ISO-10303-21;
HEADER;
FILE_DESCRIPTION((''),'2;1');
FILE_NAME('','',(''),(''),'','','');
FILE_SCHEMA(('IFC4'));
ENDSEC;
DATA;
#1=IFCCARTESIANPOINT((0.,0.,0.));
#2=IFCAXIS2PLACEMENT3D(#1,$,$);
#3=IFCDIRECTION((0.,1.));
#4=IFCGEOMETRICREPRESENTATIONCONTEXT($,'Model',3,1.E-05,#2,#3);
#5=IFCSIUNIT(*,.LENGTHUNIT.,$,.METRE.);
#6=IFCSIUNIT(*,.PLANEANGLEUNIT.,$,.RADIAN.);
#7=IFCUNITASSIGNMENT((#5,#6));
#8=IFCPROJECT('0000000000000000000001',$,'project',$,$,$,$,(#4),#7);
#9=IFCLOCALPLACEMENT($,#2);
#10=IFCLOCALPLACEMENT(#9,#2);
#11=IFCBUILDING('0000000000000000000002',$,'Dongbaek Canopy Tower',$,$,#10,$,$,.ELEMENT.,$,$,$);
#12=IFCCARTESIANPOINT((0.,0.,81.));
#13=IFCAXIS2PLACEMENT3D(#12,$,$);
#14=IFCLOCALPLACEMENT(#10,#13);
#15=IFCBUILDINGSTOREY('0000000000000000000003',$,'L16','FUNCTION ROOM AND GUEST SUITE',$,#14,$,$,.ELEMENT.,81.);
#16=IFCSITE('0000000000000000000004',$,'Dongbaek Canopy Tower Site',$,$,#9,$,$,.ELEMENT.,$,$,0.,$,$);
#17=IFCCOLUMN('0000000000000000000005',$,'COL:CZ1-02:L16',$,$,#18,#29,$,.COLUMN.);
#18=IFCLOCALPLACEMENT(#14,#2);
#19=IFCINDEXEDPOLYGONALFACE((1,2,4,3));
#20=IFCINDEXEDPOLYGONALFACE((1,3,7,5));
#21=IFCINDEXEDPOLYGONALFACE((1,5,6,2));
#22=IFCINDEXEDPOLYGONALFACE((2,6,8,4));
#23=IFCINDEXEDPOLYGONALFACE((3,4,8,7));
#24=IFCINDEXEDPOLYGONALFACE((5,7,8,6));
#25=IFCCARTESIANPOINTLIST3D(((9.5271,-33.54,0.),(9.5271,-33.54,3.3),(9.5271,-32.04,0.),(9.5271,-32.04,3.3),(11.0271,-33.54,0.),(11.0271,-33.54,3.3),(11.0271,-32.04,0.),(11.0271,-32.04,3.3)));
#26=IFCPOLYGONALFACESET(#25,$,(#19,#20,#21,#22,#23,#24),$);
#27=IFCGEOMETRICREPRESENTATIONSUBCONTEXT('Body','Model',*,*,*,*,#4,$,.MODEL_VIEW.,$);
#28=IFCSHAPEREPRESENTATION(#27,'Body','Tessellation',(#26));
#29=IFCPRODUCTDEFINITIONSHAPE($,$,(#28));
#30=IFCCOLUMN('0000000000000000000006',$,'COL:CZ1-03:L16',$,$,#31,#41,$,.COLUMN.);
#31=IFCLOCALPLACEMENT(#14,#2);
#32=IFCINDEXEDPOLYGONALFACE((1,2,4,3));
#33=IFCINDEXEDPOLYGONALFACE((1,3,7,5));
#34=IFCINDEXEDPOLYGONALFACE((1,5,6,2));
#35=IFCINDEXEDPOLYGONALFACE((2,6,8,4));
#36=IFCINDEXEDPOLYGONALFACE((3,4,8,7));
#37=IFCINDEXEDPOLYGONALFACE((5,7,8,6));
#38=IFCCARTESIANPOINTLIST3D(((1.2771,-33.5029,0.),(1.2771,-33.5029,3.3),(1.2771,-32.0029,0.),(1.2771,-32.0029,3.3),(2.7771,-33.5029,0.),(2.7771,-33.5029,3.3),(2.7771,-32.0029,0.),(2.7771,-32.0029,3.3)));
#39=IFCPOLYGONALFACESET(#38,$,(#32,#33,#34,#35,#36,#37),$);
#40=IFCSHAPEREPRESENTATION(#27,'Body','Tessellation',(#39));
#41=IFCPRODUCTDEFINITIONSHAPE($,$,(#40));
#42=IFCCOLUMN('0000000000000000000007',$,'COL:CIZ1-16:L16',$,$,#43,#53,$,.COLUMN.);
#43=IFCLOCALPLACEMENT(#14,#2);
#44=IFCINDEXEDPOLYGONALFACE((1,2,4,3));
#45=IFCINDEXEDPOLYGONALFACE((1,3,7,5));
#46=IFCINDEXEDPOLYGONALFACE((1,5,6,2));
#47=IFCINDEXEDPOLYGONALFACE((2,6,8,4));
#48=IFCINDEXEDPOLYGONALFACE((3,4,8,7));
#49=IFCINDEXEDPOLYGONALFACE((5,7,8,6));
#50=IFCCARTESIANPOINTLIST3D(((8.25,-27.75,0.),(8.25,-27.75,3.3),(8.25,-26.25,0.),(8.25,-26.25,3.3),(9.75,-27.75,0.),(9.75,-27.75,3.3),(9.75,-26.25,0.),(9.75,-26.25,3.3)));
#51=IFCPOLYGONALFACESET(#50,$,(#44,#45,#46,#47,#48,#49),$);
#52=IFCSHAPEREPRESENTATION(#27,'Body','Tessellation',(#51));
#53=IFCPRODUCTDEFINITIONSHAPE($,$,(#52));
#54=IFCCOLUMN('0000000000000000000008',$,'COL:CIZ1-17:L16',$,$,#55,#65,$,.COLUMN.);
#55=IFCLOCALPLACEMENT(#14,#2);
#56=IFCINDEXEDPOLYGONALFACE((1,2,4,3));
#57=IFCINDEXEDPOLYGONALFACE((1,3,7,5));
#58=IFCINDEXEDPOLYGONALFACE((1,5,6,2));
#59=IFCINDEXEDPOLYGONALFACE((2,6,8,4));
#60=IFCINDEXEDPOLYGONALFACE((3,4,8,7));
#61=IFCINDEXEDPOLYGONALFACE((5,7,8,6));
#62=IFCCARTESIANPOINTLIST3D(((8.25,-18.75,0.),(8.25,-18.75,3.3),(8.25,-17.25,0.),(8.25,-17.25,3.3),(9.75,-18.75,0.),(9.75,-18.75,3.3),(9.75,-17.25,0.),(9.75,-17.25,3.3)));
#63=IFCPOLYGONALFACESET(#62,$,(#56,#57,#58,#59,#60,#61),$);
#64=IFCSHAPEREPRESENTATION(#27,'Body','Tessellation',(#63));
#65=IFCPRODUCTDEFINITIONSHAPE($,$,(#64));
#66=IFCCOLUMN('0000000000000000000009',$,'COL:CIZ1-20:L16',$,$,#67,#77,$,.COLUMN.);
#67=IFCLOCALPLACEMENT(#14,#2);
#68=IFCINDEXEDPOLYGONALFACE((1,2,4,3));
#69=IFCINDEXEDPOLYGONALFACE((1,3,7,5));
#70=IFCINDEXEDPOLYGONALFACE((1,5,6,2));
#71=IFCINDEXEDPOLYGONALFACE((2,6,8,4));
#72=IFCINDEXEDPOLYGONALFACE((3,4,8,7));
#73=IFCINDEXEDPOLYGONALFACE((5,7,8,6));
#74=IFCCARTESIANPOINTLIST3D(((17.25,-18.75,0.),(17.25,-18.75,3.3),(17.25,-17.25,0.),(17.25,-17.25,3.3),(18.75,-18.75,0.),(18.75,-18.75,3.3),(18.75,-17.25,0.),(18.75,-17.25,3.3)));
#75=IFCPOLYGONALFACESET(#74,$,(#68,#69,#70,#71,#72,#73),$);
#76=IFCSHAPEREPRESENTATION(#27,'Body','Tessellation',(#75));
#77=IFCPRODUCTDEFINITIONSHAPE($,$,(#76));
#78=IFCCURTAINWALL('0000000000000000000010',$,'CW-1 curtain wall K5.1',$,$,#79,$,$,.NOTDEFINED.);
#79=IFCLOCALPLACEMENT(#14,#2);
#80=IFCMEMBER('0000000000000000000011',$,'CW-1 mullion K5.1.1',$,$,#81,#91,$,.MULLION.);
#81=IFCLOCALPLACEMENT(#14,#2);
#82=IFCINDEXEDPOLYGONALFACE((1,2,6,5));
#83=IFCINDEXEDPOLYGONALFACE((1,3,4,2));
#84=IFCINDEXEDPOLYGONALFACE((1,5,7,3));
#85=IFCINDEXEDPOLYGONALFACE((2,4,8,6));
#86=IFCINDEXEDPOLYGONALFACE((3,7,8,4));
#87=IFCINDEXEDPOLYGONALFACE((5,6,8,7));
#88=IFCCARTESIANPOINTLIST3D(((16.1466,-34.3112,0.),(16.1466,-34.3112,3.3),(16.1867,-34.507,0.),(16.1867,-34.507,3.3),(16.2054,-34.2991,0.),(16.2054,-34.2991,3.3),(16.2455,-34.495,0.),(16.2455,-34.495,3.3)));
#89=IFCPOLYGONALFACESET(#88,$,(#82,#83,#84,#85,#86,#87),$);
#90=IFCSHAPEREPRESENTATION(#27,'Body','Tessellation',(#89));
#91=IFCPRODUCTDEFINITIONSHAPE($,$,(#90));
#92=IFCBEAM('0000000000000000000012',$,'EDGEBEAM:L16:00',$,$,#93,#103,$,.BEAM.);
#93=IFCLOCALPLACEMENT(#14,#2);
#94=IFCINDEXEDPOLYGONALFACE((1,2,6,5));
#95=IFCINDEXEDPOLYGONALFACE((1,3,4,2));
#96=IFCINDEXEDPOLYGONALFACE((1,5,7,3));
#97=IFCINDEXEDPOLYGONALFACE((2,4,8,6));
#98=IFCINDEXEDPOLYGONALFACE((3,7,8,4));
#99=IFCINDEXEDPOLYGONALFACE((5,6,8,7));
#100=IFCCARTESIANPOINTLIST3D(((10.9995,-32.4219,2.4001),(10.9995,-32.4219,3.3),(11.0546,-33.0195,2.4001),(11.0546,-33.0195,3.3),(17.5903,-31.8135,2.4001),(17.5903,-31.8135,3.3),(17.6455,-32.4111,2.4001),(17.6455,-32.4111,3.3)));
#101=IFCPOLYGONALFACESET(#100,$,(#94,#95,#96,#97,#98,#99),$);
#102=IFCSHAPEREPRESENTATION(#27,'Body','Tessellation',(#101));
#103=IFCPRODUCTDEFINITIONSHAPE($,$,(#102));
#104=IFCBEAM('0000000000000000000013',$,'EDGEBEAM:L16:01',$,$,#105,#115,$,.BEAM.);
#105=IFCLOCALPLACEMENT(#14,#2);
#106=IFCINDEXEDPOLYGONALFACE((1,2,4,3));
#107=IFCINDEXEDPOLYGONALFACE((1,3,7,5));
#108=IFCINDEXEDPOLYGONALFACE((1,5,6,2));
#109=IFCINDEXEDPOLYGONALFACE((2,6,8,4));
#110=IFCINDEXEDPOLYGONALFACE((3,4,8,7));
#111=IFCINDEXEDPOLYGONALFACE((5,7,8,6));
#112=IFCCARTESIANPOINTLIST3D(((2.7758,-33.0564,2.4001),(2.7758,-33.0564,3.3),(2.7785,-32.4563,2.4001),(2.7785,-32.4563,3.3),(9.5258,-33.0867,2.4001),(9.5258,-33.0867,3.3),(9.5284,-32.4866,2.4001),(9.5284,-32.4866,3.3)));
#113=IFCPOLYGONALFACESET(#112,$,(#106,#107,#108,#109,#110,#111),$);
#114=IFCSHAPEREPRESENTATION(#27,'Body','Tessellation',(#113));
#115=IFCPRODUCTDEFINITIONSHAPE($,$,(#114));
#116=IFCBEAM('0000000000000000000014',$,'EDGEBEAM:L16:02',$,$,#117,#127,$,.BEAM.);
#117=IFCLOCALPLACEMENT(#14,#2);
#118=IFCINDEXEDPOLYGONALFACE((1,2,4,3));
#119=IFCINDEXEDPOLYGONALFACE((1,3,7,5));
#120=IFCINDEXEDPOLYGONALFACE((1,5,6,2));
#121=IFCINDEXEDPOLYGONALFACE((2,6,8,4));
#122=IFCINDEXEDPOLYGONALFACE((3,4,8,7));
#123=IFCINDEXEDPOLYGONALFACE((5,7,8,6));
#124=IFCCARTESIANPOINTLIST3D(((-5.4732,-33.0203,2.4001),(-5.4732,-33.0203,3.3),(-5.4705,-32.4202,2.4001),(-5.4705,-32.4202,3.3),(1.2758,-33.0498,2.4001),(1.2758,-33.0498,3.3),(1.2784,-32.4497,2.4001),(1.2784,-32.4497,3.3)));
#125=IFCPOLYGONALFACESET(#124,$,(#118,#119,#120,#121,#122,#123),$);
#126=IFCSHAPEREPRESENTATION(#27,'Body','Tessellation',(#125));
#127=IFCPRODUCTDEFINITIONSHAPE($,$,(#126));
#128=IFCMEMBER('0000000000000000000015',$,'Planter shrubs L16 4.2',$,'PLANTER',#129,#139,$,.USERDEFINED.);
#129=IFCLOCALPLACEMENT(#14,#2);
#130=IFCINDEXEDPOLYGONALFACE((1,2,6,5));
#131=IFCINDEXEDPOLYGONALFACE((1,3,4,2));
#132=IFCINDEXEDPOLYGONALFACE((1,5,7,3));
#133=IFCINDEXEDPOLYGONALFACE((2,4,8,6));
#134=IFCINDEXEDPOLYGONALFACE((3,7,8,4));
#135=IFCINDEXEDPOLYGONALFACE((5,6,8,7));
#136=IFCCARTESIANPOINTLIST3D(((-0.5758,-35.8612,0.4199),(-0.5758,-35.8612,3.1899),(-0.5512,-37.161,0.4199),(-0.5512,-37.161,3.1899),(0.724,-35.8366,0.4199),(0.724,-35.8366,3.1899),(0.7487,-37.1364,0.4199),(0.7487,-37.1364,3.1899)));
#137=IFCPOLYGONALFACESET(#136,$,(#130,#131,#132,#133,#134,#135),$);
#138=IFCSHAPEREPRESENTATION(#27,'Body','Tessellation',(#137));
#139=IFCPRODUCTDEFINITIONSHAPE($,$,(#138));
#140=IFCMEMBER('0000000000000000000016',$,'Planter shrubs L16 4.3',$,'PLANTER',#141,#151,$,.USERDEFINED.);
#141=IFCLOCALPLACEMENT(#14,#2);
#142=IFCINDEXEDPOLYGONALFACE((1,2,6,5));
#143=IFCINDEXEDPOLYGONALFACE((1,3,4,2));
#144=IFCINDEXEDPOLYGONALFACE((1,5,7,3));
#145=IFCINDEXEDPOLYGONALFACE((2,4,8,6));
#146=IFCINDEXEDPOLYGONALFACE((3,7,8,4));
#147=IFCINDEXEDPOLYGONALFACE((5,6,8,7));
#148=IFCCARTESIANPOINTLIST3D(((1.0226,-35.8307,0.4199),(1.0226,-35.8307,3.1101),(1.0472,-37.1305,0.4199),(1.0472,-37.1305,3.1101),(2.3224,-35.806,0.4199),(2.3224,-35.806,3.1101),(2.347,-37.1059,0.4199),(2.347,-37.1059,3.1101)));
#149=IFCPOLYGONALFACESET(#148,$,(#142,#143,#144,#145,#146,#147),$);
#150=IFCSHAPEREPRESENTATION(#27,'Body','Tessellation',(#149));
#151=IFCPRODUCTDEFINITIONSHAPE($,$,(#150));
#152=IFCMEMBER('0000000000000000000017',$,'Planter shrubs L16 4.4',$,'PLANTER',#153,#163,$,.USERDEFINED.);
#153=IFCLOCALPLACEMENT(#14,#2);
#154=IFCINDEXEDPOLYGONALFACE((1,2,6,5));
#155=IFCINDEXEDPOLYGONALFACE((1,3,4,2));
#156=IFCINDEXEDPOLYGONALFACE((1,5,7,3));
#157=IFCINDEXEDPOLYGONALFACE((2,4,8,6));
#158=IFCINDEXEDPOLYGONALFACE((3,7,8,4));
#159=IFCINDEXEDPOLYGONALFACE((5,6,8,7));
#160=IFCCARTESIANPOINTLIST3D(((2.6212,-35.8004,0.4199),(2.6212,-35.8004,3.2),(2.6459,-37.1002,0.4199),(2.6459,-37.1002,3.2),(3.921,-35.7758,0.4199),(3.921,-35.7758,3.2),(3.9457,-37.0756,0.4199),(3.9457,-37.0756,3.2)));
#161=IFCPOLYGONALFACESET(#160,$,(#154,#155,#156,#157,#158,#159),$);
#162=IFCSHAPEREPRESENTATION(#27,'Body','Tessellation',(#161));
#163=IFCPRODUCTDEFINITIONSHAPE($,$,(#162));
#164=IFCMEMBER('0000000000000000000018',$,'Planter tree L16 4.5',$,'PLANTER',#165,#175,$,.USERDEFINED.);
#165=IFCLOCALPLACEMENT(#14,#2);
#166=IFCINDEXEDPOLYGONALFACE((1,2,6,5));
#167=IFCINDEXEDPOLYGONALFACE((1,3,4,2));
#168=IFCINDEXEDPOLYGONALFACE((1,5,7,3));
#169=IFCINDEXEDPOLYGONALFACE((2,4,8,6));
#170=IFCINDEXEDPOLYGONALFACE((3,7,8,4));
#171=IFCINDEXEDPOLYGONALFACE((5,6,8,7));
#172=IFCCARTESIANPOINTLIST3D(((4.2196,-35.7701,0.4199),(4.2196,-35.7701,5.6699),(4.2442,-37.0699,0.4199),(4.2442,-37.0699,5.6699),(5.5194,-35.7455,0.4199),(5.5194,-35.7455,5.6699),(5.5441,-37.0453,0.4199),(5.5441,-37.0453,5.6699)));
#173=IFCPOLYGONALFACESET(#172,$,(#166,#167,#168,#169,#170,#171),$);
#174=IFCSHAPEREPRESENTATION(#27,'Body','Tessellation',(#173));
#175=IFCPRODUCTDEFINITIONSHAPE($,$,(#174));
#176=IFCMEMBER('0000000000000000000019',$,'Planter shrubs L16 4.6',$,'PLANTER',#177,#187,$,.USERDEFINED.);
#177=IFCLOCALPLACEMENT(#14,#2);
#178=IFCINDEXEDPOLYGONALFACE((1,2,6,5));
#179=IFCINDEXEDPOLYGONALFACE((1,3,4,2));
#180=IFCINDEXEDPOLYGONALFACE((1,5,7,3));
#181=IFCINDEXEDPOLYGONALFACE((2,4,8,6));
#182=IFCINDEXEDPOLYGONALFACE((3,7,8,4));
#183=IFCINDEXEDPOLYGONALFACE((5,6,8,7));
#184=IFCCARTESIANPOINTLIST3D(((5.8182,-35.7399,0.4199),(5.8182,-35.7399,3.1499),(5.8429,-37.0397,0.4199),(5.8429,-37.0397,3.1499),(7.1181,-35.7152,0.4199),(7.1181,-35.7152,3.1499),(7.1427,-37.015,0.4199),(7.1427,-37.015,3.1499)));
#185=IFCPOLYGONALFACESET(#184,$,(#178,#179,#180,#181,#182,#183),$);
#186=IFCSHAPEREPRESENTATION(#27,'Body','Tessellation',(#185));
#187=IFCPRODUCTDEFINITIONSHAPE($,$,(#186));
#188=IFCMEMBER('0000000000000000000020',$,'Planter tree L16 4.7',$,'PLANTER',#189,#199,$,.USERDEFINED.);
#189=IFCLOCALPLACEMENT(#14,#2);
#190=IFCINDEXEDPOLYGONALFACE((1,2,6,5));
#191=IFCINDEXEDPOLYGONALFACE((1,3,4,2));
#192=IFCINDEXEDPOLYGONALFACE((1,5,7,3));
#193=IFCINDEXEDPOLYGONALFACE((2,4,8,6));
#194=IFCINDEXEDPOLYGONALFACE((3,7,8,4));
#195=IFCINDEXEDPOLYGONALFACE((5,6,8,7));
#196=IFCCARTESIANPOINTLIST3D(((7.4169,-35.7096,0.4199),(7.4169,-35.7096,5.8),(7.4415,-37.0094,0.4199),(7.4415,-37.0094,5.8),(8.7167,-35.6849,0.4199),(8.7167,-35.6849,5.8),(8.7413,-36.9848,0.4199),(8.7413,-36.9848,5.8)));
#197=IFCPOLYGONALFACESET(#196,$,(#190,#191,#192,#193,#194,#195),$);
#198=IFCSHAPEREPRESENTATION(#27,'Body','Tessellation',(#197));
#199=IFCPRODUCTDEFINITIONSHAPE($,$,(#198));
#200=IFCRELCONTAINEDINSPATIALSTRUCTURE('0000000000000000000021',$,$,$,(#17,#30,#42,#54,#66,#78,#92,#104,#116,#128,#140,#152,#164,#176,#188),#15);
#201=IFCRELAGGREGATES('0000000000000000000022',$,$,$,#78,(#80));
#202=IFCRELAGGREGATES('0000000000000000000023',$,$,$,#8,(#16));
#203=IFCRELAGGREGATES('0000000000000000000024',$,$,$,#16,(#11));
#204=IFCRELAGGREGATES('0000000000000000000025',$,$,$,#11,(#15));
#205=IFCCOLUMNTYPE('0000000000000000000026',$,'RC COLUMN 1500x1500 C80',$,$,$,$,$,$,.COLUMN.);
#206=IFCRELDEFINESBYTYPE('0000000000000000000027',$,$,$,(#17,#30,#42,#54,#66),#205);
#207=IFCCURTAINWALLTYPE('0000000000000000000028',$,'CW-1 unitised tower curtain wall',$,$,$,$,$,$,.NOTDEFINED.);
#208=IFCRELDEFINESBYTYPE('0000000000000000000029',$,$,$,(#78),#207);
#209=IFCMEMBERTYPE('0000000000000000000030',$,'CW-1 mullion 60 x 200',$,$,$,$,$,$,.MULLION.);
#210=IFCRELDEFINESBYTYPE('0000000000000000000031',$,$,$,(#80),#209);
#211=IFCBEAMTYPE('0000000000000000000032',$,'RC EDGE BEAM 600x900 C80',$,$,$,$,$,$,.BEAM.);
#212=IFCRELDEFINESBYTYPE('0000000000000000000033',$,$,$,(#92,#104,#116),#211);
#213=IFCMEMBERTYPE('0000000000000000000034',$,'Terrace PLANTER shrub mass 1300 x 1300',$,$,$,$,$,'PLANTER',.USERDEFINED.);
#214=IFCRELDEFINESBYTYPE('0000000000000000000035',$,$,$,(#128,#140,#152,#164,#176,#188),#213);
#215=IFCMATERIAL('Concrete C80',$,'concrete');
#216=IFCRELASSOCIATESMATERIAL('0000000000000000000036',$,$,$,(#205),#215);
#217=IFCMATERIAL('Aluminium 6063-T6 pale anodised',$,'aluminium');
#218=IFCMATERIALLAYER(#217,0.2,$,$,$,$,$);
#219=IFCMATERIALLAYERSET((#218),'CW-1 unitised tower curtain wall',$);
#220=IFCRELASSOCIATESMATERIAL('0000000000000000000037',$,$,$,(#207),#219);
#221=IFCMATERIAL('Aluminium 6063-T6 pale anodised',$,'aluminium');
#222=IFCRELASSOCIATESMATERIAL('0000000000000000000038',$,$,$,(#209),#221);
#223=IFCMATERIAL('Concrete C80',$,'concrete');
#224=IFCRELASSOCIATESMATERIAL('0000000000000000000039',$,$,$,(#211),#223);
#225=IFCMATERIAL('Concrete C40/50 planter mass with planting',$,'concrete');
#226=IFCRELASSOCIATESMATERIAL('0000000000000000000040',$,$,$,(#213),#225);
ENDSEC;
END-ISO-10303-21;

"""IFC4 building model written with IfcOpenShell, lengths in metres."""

from ifc_helpers import new_model, si_unit, direction, frame, origin, origin_2d, place, context, subcontext, project, spatial, rectangle, extrude, material, layer, layer_set, material_profile, profile_set, type_object, element, aggregate, save


model = new_model("IFC4")

# Units and contexts
model_context = context("Model", 3, precision=1e-05, world=origin(), true_north=direction((0.0, 1.0)))
body_context = subcontext(model_context, "Body", "Model", "MODEL_VIEW")
ifc_project = project(units=[si_unit("LENGTHUNIT", "METRE"), si_unit("PLANEANGLEUNIT", "RADIAN")], contexts=[model_context])

# Site, building, storey
site_placement = place(None, origin())
site = spatial("IfcSite", under=ifc_project, at=site_placement, Name="Dongbaek Canopy Tower Site", CompositionType="ELEMENT", RefElevation=0.0)
building_placement = place(site_placement, origin())
building = spatial("IfcBuilding", under=site, at=building_placement, Name="Dongbaek Canopy Tower", CompositionType="ELEMENT")
storey_placement = place(building_placement, frame((0.0, 0.0, 81.0)))
storey = spatial("IfcBuildingStorey", under=building, at=storey_placement, Name="L16", Description="FUNCTION ROOM AND GUEST SUITE", CompositionType="ELEMENT", Elevation=81.0)

# Columns
ifc_material_1 = material(Name="Concrete C80", Category="concrete")
ifc_material_profile_1 = material_profile(ifc_material_1, rectangle(XDim=1.5, YDim=1.5, at=origin_2d()), Name="RC COLUMN 1500x1500 C80")
ifc_profile_set_1 = profile_set([ifc_material_profile_1], Name="Concrete C80")
column_type = type_object("IfcColumnType", Name="RC COLUMN 1500x1500 C80", PredefinedType="COLUMN", material=ifc_profile_set_1)
for number, where, z_axis, x_axis, name in (
    (1, (10.2771, -32.79, 0.0), (0.0, 0.0, 1.0), (1.0, 0.0, 0.0), "COL:CZ1-02:L16"),
    (2, (2.0271, -32.7529, 0.0), (0.0, 0.0, 1.0), (1.0, 0.0, 0.0), "COL:CZ1-03:L16"),
    (3, (9.0, -27.0, 0.0), (0.0, 0.0, 1.0), (1.0, 0.0, 0.0), "COL:CIZ1-16:L16"),
    (4, (9.0, -18.0, 0.0), (0.0, 0.0, 1.0), (1.0, 0.0, 0.0), "COL:CIZ1-17:L16"),
    (5, (18.0, -18.0, 0.0), (0.0, 0.0, 1.0), (1.0, 0.0, 0.0), "COL:CIZ1-20:L16"),
):
    element("IfcColumn", number, at=place(storey_placement, frame(where, z_axis=z_axis, x_axis=x_axis)), inside=storey, type_object=column_type, Name=name, PredefinedType="COLUMN", context=body_context, shape_type="SweptSolid", body=[
        extrude(rectangle(XDim=1.5, YDim=1.5, at=origin_2d()), origin(), (0.0, 0.0, 1.0), 3.3),
    ])

# Curtain wall, member
ifc_material_2 = material(Name="Aluminium 6063-T6 pale anodised", Category="aluminium")
ifc_layer_1 = layer(ifc_material_2, 0.2)
ifc_layer_set_1 = layer_set([ifc_layer_1], Name="CW-1 unitised tower curtain wall")
curtain_wall_type = type_object("IfcCurtainWallType", Name="CW-1 unitised tower curtain wall", PredefinedType="NOTDEFINED", material=ifc_layer_set_1)
curtain_wall_placement = place(storey_placement, origin())
curtain_wall = element("IfcCurtainWall", 6, at=curtain_wall_placement, inside=storey, type_object=curtain_wall_type, Name="CW-1 curtain wall K5.1", PredefinedType="NOTDEFINED")
ifc_material_3 = material(Name="Aluminium 6063-T6 pale anodised", Category="aluminium")
ifc_material_profile_2 = material_profile(ifc_material_3, rectangle(XDim=0.2, YDim=0.0601, at=origin_2d()), Name="CW-1 mullion 60 x 200")
ifc_profile_set_2 = profile_set([ifc_material_profile_2], Name="Aluminium 6063-T6 pale anodised")
member_type_1 = type_object("IfcMemberType", Name="CW-1 mullion 60 x 200", PredefinedType="MULLION", material=ifc_profile_set_2)
member_1_placement = place(storey_placement, frame((16.196, -34.4031, 0.0), z_axis=(0.0, 0.0, 1.0), x_axis=(0.200704, -0.979652, 0.0)))
member_1 = element("IfcMember", 7, at=member_1_placement, type_object=member_type_1, Name="CW-1 mullion K5.1.1", PredefinedType="MULLION", context=body_context, shape_type="SweptSolid", body=[
    extrude(rectangle(XDim=0.2, YDim=0.0601, at=origin_2d()), origin(), (0.0, 0.0, 1.0), 3.3),
])

# Beams
ifc_material_4 = material(Name="Concrete C80", Category="concrete")
ifc_material_profile_3 = material_profile(ifc_material_4, rectangle(XDim=0.6001, YDim=0.8999, at=origin_2d()), Name="RC EDGE BEAM 600x900 C80")
ifc_profile_set_3 = profile_set([ifc_material_profile_3], Name="Concrete C80")
beam_type = type_object("IfcBeamType", Name="RC EDGE BEAM 600x900 C80", PredefinedType="BEAM", material=ifc_profile_set_3)
beam_1_placement = place(storey_placement, frame((17.6179, -32.1123, 2.8501), z_axis=(-0.995766, -0.091919, 0.0), x_axis=(0.091919, -0.995766, 0.0)))
element("IfcBeam", 8, at=beam_1_placement, inside=storey, type_object=beam_type, Name="EDGEBEAM:L16:00", PredefinedType="BEAM", context=body_context, shape_type="SweptSolid", body=[
    extrude(rectangle(XDim=0.6001, YDim=0.8999, at=origin_2d()), origin(), (0.0, 0.0, 1.0), 6.6189),
])
beam_2_placement = place(storey_placement, frame((9.5271, -32.7866, 2.8501), z_axis=(-0.99999, 0.004485, 0.0), x_axis=(-0.004485, -0.99999, 0.0)))
element("IfcBeam", 9, at=beam_2_placement, inside=storey, type_object=beam_type, Name="EDGEBEAM:L16:01", PredefinedType="BEAM", context=body_context, shape_type="SweptSolid", body=[
    extrude(rectangle(XDim=0.6001, YDim=0.8999, at=origin_2d()), origin(), (0.0, 0.0, 1.0), 6.75),
])
beam_3_placement = place(storey_placement, frame((1.2771, -32.7498, 2.8501), z_axis=(-0.99999, 0.004377, 0.0), x_axis=(-0.004377, -0.99999, 0.0)))
element("IfcBeam", 10, at=beam_3_placement, inside=storey, type_object=beam_type, Name="EDGEBEAM:L16:02", PredefinedType="BEAM", context=body_context, shape_type="SweptSolid", body=[
    extrude(rectangle(XDim=0.6001, YDim=0.8999, at=origin_2d()), origin(), (0.0, 0.0, 1.0), 6.749),
])

# Members
ifc_material_5 = material(Name="Concrete C40/50 planter mass with planting", Category="concrete")
ifc_material_profile_4 = material_profile(ifc_material_5, rectangle(XDim=1.3, YDim=1.3, at=origin_2d()), Name="Terrace PLANTER shrub mass 1300 x 1300")
ifc_profile_set_4 = profile_set([ifc_material_profile_4], Name="Concrete C40/50 planter mass with planting")
member_type_2 = type_object("IfcMemberType", Name="Terrace PLANTER shrub mass 1300 x 1300", ElementType="PLANTER", PredefinedType="USERDEFINED", material=ifc_profile_set_4)
member_2_placement = place(storey_placement, frame((0.0864, -36.4988, 0.4199), z_axis=(0.0, 0.0, 1.0), x_axis=(0.018952, -0.99982, 0.0)))
element("IfcMember", 11, at=member_2_placement, inside=storey, type_object=member_type_2, Name="Planter shrubs L16 4.2", ObjectType="PLANTER", PredefinedType="USERDEFINED", context=body_context, shape_type="SweptSolid", body=[
    extrude(rectangle(XDim=1.3, YDim=1.3, at=origin_2d()), origin(), (0.0, 0.0, 1.0), 2.77),
])
member_3_placement = place(storey_placement, frame((1.6848, -36.4683, 0.4199), z_axis=(0.0, 0.0, 1.0), x_axis=(0.018952, -0.99982, 0.0)))
element("IfcMember", 12, at=member_3_placement, inside=storey, type_object=member_type_2, Name="Planter shrubs L16 4.3", ObjectType="PLANTER", PredefinedType="USERDEFINED", context=body_context, shape_type="SweptSolid", body=[
    extrude(rectangle(XDim=1.3, YDim=1.3, at=origin_2d()), origin(), (0.0, 0.0, 1.0), 2.6902),
])
member_4_placement = place(storey_placement, frame((3.2834, -36.438, 0.4199), z_axis=(0.0, 0.0, 1.0), x_axis=(0.018952, -0.99982, 0.0)))
element("IfcMember", 13, at=member_4_placement, inside=storey, type_object=member_type_2, Name="Planter shrubs L16 4.4", ObjectType="PLANTER", PredefinedType="USERDEFINED", context=body_context, shape_type="SweptSolid", body=[
    extrude(rectangle(XDim=1.3, YDim=1.3, at=origin_2d()), origin(), (0.0, 0.0, 1.0), 2.78),
])
member_5_placement = place(storey_placement, frame((4.8818, -36.4077, 0.4199), z_axis=(0.0, 0.0, 1.0), x_axis=(0.018952, -0.99982, 0.0)))
element("IfcMember", 14, at=member_5_placement, inside=storey, type_object=member_type_2, Name="Planter tree L16 4.5", ObjectType="PLANTER", PredefinedType="USERDEFINED", context=body_context, shape_type="SweptSolid", body=[
    extrude(rectangle(XDim=1.3, YDim=1.3, at=origin_2d()), origin(), (0.0, 0.0, 1.0), 5.25),
])
member_6_placement = place(storey_placement, frame((6.4805, -36.3774, 0.4199), z_axis=(0.0, 0.0, 1.0), x_axis=(0.018952, -0.99982, 0.0)))
element("IfcMember", 15, at=member_6_placement, inside=storey, type_object=member_type_2, Name="Planter shrubs L16 4.6", ObjectType="PLANTER", PredefinedType="USERDEFINED", context=body_context, shape_type="SweptSolid", body=[
    extrude(rectangle(XDim=1.3, YDim=1.3, at=origin_2d()), origin(), (0.0, 0.0, 1.0), 2.73),
])
member_7_placement = place(storey_placement, frame((8.0791, -36.3472, 0.4199), z_axis=(0.0, 0.0, 1.0), x_axis=(0.018952, -0.99982, 0.0)))
element("IfcMember", 16, at=member_7_placement, inside=storey, type_object=member_type_2, Name="Planter tree L16 4.7", ObjectType="PLANTER", PredefinedType="USERDEFINED", context=body_context, shape_type="SweptSolid", body=[
    extrude(rectangle(XDim=1.3, YDim=1.3, at=origin_2d()), origin(), (0.0, 0.0, 1.0), 5.3801),
])

aggregate(curtain_wall, [member_1])

save(model, "model.ifc")
